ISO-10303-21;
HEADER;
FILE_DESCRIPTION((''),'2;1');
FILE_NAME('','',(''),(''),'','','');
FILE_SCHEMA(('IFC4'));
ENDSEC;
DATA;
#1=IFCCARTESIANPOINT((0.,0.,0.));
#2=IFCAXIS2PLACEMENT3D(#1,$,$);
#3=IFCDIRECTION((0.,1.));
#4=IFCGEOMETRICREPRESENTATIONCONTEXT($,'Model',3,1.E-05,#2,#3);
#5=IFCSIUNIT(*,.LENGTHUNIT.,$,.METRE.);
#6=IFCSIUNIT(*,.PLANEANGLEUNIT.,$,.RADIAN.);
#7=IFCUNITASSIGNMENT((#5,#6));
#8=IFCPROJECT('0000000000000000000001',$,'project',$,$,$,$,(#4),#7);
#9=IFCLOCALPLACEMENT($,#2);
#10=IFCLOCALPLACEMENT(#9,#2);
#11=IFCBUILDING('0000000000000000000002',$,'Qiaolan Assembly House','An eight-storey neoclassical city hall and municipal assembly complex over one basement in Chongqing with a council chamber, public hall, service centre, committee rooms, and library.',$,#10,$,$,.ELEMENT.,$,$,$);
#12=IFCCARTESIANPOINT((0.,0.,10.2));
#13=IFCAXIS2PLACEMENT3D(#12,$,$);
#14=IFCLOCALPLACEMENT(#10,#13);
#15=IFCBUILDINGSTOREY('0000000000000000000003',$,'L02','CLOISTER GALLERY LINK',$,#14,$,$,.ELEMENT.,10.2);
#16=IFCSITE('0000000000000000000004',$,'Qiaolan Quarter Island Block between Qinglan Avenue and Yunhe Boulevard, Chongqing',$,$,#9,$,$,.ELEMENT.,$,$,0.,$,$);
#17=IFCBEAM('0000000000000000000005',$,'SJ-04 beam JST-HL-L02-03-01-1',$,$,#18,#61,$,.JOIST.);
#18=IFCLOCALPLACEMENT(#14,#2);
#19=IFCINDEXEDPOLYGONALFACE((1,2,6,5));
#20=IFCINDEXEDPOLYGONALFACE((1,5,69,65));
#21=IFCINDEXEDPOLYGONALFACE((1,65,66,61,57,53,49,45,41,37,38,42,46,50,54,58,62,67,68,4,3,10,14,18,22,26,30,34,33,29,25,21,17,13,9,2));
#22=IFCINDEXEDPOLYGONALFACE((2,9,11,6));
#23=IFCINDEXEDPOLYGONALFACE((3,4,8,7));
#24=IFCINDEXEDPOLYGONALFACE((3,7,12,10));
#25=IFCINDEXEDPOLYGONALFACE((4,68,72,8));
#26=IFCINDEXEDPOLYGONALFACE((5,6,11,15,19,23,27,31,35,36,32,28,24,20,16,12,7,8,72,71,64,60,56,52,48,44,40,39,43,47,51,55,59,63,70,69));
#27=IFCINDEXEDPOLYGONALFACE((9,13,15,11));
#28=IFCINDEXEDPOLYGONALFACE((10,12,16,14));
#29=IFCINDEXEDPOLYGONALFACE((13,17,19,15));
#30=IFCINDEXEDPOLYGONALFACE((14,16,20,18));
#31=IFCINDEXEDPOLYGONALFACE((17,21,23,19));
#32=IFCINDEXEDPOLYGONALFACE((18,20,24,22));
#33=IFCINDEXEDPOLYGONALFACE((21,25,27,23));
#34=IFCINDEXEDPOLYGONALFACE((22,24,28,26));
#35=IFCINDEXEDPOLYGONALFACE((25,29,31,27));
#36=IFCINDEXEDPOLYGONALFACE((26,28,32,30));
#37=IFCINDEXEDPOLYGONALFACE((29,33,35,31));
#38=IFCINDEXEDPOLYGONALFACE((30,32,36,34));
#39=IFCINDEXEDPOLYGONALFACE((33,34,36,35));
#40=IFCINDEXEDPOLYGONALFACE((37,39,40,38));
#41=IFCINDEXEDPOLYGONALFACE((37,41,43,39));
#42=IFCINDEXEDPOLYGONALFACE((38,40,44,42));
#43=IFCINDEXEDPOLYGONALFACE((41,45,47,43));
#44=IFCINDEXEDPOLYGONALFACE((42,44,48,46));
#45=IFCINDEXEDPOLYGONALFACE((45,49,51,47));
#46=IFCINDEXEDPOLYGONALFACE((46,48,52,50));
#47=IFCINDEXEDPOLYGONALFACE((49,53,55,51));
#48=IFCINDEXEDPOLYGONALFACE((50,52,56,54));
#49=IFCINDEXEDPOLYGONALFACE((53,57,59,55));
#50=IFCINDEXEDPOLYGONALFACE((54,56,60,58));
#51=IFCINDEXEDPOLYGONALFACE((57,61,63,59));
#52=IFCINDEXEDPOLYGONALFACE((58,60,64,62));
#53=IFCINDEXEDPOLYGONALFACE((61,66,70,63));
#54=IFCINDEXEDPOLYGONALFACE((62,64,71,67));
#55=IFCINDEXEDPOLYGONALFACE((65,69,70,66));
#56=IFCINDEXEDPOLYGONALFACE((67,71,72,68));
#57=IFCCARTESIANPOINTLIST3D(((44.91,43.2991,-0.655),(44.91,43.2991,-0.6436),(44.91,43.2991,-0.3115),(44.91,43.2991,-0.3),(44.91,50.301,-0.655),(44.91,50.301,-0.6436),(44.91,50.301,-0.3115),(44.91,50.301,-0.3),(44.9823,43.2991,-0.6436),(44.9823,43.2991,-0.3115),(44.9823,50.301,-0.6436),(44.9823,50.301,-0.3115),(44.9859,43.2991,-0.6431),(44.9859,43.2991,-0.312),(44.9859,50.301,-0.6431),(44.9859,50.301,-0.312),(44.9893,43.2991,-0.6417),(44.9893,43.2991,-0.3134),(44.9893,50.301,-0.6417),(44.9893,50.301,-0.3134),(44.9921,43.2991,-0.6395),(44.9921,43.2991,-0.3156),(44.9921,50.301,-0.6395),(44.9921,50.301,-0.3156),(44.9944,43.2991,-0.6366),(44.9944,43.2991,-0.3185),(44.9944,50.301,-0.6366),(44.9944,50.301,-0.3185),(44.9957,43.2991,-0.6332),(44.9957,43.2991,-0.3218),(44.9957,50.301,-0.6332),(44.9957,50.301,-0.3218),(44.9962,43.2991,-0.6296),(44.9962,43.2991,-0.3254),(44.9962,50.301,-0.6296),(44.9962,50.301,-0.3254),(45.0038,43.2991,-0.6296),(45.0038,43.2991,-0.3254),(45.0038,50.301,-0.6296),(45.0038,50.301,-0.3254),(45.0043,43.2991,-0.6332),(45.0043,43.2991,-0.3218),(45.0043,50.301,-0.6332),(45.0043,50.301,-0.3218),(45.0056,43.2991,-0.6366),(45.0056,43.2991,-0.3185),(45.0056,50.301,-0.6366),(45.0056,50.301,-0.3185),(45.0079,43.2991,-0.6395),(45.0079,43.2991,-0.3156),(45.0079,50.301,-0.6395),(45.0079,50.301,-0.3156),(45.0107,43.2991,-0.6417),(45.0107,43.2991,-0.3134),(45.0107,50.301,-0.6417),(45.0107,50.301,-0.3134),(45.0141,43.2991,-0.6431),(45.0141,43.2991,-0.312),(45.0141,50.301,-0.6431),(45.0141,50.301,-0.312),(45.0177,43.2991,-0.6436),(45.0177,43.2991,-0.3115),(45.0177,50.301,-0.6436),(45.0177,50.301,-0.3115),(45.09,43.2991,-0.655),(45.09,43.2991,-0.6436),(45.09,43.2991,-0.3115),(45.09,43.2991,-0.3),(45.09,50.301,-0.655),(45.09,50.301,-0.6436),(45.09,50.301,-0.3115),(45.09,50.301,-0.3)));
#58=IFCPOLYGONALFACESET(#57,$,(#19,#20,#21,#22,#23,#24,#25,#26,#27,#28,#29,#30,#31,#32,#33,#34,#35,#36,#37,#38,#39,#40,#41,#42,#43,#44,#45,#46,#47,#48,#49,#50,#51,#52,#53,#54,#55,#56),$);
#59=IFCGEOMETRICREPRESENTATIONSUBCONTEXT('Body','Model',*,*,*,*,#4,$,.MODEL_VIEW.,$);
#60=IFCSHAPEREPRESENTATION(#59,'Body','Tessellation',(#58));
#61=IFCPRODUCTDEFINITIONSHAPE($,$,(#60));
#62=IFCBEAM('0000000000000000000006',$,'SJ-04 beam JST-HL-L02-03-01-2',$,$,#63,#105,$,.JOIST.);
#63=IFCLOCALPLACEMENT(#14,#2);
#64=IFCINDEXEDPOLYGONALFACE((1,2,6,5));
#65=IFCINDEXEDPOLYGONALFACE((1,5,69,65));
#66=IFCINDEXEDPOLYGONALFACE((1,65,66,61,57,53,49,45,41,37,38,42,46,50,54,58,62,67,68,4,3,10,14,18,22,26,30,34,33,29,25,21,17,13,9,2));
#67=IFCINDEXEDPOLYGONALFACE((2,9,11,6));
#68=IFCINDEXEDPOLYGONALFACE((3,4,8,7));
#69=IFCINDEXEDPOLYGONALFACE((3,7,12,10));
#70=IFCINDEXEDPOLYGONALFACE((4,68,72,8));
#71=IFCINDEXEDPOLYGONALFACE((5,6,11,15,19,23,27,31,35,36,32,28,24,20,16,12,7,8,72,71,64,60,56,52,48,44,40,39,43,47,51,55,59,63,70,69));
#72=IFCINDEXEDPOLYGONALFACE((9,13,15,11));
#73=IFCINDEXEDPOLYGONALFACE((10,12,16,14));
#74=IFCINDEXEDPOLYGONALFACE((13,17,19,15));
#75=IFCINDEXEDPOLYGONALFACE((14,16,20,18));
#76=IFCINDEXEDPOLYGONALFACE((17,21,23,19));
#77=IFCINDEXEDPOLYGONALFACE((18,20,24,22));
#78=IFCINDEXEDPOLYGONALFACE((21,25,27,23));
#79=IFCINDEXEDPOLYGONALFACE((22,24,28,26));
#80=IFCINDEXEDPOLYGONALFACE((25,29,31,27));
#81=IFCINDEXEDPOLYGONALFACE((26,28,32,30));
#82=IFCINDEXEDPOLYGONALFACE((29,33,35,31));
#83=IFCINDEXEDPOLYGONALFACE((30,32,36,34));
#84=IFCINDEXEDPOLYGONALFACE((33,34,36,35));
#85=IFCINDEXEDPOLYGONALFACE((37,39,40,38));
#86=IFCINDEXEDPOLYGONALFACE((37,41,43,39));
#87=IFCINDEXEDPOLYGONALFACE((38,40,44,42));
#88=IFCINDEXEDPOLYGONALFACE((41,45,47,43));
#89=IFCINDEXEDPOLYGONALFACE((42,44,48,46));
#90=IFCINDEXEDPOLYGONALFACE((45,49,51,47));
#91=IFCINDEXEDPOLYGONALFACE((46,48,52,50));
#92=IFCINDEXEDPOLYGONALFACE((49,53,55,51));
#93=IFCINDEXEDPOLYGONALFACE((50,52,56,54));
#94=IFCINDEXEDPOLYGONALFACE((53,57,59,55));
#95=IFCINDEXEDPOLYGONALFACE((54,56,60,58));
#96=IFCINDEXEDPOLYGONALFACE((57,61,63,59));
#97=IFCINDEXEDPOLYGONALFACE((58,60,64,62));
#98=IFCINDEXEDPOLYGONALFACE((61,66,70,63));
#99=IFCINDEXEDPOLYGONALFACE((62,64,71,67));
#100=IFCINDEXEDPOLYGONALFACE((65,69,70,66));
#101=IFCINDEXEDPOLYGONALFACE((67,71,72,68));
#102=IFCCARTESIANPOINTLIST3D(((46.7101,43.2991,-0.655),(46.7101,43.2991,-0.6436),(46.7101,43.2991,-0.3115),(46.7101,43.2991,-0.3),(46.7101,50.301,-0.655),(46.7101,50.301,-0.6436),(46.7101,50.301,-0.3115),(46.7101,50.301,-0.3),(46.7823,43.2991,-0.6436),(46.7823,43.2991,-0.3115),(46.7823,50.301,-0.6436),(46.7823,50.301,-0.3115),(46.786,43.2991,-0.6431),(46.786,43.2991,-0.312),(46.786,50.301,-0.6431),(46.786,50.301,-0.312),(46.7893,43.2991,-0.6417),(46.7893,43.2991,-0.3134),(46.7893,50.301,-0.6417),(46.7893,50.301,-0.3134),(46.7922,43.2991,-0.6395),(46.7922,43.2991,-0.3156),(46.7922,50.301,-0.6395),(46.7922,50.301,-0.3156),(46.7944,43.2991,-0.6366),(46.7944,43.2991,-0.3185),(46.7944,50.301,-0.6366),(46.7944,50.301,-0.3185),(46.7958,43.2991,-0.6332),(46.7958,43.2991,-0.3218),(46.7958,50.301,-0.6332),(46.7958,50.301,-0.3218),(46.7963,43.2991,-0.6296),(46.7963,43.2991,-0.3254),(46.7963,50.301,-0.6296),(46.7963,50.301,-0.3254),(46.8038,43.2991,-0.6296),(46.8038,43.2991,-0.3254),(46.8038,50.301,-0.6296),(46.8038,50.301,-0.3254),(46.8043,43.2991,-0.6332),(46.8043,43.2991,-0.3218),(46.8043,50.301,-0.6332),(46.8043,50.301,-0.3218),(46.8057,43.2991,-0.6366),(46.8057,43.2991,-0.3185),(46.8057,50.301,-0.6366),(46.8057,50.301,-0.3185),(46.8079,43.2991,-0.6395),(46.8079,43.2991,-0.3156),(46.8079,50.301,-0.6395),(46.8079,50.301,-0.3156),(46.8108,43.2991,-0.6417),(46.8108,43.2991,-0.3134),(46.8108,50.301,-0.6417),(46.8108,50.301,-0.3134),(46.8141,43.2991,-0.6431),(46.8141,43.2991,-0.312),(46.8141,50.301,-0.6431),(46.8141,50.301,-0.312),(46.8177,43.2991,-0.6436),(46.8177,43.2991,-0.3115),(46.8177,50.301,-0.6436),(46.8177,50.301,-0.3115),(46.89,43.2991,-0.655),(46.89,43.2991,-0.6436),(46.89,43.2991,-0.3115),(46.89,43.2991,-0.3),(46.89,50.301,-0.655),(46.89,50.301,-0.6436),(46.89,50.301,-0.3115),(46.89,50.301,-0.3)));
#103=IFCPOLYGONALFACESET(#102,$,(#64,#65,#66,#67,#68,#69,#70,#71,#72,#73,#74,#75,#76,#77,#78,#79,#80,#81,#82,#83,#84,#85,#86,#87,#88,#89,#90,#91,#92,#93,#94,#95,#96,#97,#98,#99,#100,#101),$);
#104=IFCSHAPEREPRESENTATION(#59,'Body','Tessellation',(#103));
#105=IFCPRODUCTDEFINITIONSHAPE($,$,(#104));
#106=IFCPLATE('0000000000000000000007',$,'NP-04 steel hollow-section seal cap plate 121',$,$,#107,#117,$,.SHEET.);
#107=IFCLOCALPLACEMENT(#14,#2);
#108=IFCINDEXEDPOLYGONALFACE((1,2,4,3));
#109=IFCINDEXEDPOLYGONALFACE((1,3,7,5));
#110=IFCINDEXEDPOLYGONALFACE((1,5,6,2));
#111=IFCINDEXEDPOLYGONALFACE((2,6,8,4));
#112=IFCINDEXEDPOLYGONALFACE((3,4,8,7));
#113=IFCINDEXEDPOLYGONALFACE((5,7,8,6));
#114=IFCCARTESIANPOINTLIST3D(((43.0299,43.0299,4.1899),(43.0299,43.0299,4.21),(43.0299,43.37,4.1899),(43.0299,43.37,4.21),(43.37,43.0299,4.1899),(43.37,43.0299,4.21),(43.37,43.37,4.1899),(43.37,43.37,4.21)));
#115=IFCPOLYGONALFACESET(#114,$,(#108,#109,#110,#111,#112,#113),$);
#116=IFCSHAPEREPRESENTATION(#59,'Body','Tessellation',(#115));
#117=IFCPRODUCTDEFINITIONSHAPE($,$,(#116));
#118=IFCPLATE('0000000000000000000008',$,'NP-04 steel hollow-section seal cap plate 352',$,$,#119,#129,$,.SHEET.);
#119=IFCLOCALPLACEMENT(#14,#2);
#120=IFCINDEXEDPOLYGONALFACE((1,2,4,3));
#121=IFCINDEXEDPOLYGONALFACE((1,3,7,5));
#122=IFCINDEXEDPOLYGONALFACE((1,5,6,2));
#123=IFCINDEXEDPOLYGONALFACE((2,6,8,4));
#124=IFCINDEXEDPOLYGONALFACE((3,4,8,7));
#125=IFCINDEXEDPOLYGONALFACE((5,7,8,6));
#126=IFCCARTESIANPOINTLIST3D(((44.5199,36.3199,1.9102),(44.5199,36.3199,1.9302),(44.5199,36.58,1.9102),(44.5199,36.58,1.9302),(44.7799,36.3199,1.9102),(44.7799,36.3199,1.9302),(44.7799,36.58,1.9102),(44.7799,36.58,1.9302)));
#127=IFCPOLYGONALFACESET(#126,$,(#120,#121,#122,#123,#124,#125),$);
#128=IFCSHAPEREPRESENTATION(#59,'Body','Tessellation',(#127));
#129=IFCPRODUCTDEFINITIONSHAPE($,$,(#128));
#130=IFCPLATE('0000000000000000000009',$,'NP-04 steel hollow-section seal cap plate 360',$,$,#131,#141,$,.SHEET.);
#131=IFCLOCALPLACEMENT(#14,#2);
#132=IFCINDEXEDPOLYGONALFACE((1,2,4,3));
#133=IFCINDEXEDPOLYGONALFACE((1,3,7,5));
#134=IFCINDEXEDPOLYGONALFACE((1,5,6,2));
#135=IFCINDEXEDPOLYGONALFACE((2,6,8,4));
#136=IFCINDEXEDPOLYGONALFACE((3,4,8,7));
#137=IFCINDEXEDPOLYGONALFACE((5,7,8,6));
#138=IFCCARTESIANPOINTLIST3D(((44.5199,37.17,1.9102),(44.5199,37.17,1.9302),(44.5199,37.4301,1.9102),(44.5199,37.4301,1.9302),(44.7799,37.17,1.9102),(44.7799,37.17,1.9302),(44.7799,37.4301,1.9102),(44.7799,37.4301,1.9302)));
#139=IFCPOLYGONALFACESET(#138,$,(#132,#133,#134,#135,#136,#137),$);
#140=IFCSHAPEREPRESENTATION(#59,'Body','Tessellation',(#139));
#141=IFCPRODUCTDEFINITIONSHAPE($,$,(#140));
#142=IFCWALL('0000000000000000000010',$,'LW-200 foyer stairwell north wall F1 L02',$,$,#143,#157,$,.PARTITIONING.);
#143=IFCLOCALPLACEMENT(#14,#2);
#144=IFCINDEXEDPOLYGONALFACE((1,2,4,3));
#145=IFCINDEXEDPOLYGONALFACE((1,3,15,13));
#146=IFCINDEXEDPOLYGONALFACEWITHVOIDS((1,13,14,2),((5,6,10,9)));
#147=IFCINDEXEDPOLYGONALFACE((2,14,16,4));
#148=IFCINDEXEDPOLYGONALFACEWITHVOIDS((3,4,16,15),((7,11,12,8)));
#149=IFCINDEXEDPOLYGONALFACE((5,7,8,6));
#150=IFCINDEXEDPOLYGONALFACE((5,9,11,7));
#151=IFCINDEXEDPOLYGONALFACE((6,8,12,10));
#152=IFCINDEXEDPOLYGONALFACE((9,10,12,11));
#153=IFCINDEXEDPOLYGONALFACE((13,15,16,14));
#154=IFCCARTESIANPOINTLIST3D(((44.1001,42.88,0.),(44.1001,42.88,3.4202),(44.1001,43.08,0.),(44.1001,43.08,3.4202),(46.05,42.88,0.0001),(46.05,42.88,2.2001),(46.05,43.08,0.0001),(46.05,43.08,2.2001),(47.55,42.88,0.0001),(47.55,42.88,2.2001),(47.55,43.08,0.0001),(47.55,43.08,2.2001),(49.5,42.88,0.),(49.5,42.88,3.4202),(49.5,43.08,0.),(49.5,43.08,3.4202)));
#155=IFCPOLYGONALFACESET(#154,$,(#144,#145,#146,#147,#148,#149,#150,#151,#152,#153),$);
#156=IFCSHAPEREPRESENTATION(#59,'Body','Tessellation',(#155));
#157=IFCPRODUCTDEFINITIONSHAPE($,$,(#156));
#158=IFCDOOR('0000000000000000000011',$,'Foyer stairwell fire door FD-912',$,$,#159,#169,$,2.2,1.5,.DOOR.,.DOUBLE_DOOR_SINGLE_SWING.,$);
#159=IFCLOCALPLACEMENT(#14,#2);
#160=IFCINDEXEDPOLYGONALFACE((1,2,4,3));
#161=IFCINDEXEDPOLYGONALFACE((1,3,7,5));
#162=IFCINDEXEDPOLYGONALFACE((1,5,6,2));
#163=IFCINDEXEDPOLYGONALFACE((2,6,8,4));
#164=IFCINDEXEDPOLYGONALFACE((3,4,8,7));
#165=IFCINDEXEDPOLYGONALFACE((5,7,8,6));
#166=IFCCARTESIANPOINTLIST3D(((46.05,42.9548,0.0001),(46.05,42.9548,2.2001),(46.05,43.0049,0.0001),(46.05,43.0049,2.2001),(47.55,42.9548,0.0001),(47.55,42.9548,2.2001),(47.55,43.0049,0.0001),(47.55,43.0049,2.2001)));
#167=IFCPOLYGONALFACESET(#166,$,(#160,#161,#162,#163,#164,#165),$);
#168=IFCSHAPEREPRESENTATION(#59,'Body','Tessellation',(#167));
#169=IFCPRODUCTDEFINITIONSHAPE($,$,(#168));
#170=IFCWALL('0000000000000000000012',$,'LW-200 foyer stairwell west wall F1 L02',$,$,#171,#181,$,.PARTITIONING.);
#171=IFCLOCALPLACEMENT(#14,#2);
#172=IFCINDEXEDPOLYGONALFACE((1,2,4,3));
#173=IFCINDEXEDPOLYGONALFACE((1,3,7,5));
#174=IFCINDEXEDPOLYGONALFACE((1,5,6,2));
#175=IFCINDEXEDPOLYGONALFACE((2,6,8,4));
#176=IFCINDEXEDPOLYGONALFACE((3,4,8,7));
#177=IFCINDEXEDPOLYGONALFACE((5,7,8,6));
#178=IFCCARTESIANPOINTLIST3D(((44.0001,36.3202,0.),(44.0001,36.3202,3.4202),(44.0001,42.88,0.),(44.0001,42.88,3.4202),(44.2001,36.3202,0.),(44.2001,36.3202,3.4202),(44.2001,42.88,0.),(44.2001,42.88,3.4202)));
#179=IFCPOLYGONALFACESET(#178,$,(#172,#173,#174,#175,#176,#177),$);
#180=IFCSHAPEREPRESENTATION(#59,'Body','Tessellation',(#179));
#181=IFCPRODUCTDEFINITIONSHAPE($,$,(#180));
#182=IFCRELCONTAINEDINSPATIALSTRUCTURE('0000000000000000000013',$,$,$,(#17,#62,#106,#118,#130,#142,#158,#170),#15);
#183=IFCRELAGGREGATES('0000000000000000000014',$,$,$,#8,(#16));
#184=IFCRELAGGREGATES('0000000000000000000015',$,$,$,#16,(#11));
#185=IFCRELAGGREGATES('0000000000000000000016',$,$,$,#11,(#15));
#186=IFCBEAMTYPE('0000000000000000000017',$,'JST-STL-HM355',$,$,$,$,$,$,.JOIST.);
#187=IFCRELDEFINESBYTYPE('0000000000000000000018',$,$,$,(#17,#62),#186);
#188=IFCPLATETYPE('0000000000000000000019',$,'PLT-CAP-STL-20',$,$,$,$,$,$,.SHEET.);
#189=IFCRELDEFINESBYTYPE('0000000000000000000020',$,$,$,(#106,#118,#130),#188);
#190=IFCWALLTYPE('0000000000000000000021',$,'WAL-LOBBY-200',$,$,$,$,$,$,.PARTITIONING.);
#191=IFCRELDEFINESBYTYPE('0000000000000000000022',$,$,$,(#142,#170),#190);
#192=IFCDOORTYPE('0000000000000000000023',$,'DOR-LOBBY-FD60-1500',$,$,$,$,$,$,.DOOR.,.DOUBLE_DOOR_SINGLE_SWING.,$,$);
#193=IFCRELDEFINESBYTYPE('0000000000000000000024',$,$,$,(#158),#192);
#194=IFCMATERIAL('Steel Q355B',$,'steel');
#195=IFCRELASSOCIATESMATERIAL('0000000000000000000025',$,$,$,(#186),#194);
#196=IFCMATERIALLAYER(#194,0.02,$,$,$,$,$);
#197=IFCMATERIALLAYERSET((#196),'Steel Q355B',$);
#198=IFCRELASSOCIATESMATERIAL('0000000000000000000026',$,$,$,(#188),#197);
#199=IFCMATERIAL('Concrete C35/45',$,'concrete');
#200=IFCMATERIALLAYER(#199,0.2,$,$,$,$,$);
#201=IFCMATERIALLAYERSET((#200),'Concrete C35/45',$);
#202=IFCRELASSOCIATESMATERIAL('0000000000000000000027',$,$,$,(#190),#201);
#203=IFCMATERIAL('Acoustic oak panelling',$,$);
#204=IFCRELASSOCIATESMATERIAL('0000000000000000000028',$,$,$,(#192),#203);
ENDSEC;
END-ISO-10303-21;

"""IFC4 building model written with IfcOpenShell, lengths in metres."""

from ifc_helpers import new_model, si_unit, direction, frame, frame_2d, origin, origin_2d, place, context, subcontext, project, spatial, rectangle, i_section, extrude, material, layer, layer_set, material_profile, profile_set, type_object, element, fill, save


model = new_model("IFC4")

# Units and contexts
model_context = context("Model", 3, precision=1e-05, world=origin(), true_north=direction((0.0, 1.0)))
body_context = subcontext(model_context, "Body", "Model", "MODEL_VIEW")
ifc_project = project(units=[si_unit("LENGTHUNIT", "METRE"), si_unit("PLANEANGLEUNIT", "RADIAN")], contexts=[model_context])

# Site, building, storey
site_placement = place(None, origin())
site = spatial("IfcSite", under=ifc_project, at=site_placement, Name="Qiaolan Quarter Island Block between Qinglan Avenue and Yunhe Boulevard, Chongqing", CompositionType="ELEMENT", RefElevation=0.0)
building_placement = place(site_placement, origin())
building = spatial("IfcBuilding", under=site, at=building_placement, Name="Qiaolan Assembly House", Description="An eight-storey neoclassical city hall and municipal assembly complex over one basement in Chongqing with a council chamber, public hall, service centre, committee rooms, and library.", CompositionType="ELEMENT")
storey_placement = place(building_placement, frame((0.0, 0.0, 10.2)))
storey = spatial("IfcBuildingStorey", under=building, at=storey_placement, Name="L02", Description="CLOISTER GALLERY LINK", CompositionType="ELEMENT", Elevation=10.2)

# Shared definitions
ifc_material_1 = material(Name="Steel Q355B", Category="steel")

# Beams
ifc_material_profile_1 = material_profile(ifc_material_1, i_section(OverallWidth=0.1799, OverallDepth=0.355, WebThickness=0.0076, FlangeThickness=0.0115, FilletRadius=0.0139, at=origin_2d()), Name="HM 355x180x7.5x11.5")
ifc_profile_set_1 = profile_set([ifc_material_profile_1], Name="Steel Q355B")
beam_type_1 = type_object("IfcBeamType", Name="JST-STL-HM355", PredefinedType="JOIST", material=ifc_profile_set_1)
for number, where, z_axis, x_axis, name in (
    (1, (45.0, 43.2991, -0.4775), (0.0, 1.0, 0.0), (-1.0, 0.0, 0.0), "SJ-04 beam JST-HL-L02-03-01-1"),
    (2, (46.8, 43.2991, -0.4775), (0.0, 1.0, 0.0), (-1.0, 0.0, 0.0), "SJ-04 beam JST-HL-L02-03-01-2"),
):
    element("IfcBeam", number, at=place(storey_placement, frame(where, z_axis=z_axis, x_axis=x_axis)), inside=storey, type_object=beam_type_1, Name=name, PredefinedType="JOIST", context=body_context, shape_type="SweptSolid", body=[
        extrude(i_section(OverallWidth=0.1799, OverallDepth=0.355, WebThickness=0.0076, FlangeThickness=0.0115, FilletRadius=0.0139, at=origin_2d()), origin(), (0.0, 0.0, 1.0), 7.002),
    ])

# Plates
ifc_layer_1 = layer(ifc_material_1, 0.02)
ifc_layer_set_1 = layer_set([ifc_layer_1], Name="Steel Q355B")
plate_type = type_object("IfcPlateType", Name="PLT-CAP-STL-20", PredefinedType="SHEET", material=ifc_layer_set_1)
plate_placement = place(storey_placement, frame((43.2, 43.2, 4.1899), z_axis=(0.0, 0.0, 1.0), x_axis=(1.0, 0.0, 0.0)))
element("IfcPlate", 3, at=plate_placement, inside=storey, type_object=plate_type, Name="NP-04 steel hollow-section seal cap plate 121", PredefinedType="SHEET", context=body_context, shape_type="SweptSolid", body=[
    extrude(rectangle(XDim=0.3401, YDim=0.3401, at=origin_2d()), origin(), (0.0, 0.0, 1.0), 0.02),
])
for number, where, z_axis, x_axis, name in (
    (4, (44.6499, 36.45, 1.9102), (0.0, 0.0, 1.0), (1.0, 0.0, 0.0), "NP-04 steel hollow-section seal cap plate 352"),
    (5, (44.6499, 37.3, 1.9102), (0.0, 0.0, 1.0), (1.0, 0.0, 0.0), "NP-04 steel hollow-section seal cap plate 360"),
):
    element("IfcPlate", number, at=place(storey_placement, frame(where, z_axis=z_axis, x_axis=x_axis)), inside=storey, type_object=plate_type, Name=name, PredefinedType="SHEET", context=body_context, shape_type="SweptSolid", body=[
        extrude(rectangle(XDim=0.26, YDim=0.26, at=origin_2d()), origin(), (0.0, 0.0, 1.0), 0.02),
    ])

# Wall, opening, door
ifc_material_2 = material(Name="Concrete C35/45", Category="concrete")
ifc_layer_2 = layer(ifc_material_2, 0.2)
ifc_layer_set_2 = layer_set([ifc_layer_2], Name="Concrete C35/45")
wall_type = type_object("IfcWallType", Name="WAL-LOBBY-200", PredefinedType="PARTITIONING", material=ifc_layer_set_2)
wall_1_placement = place(storey_placement, frame((44.1001, 42.98, 0.0), z_axis=(0.0, 0.0, 1.0), x_axis=(1.0, 0.0, 0.0)))
wall_1 = element("IfcWall", 6, at=wall_1_placement, inside=storey, type_object=wall_type, Name="LW-200 foyer stairwell north wall F1 L02", PredefinedType="PARTITIONING", context=body_context, shape_type="SweptSolid", body=[
    extrude(rectangle(XDim=5.3999, YDim=0.2, at=frame_2d((2.7, 0.0))), origin(), (0.0, 0.0, 1.0), 3.4202),
])
opening_placement = place(wall_1_placement, frame((1.95, 0.0, 0.0)))
opening = element("IfcOpeningElement", 7, at=opening_placement, cuts=wall_1, PredefinedType="OPENING", context=body_context, shape_type="SweptSolid", body=[
    extrude(rectangle(XDim=1.5, YDim=2.2, at=frame_2d((0.75, 1.1001))), frame((0.0, 0.1099, 0.0), z_axis=(0.0, -1.0, 0.0), x_axis=(1.0, 0.0, 0.0)), (0.0, 0.0, 1.0), 0.22),
])
ifc_material_3 = material(Name="Acoustic oak panelling")
door_type = type_object("IfcDoorType", Name="DOR-LOBBY-FD60-1500", OperationType="DOUBLE_DOOR_SINGLE_SWING", PredefinedType="DOOR", material=ifc_material_3)
door_placement = place(opening_placement, origin())
door = element("IfcDoor", 8, at=door_placement, inside=storey, type_object=door_type, Name="Foyer stairwell fire door FD-912", OperationType="DOUBLE_DOOR_SINGLE_SWING", OverallHeight=2.2, OverallWidth=1.5, PredefinedType="DOOR", context=body_context, shape_type="SweptSolid", body=[
    extrude(rectangle(XDim=1.5, YDim=2.2, at=frame_2d((0.75, 1.1001))), frame((0.0, 0.0249, 0.0), z_axis=(0.0, -1.0, 0.0), x_axis=(1.0, 0.0, 0.0)), (0.0, 0.0, 1.0), 0.05),
])
fill(opening, door)

# Wall
wall_2_placement = place(storey_placement, frame((44.1001, 42.8799, 0.0), z_axis=(0.0, 0.0, 1.0), x_axis=(0.0, -1.0, 0.0)))
element("IfcWall", 9, at=wall_2_placement, inside=storey, type_object=wall_type, Name="LW-200 foyer stairwell west wall F1 L02", PredefinedType="PARTITIONING", context=body_context, shape_type="SweptSolid", body=[
    extrude(rectangle(XDim=6.5598, YDim=0.2, at=frame_2d((3.2798, 0.0))), origin(), (0.0, 0.0, 1.0), 3.4202),
])

save(model, "model.ifc")
